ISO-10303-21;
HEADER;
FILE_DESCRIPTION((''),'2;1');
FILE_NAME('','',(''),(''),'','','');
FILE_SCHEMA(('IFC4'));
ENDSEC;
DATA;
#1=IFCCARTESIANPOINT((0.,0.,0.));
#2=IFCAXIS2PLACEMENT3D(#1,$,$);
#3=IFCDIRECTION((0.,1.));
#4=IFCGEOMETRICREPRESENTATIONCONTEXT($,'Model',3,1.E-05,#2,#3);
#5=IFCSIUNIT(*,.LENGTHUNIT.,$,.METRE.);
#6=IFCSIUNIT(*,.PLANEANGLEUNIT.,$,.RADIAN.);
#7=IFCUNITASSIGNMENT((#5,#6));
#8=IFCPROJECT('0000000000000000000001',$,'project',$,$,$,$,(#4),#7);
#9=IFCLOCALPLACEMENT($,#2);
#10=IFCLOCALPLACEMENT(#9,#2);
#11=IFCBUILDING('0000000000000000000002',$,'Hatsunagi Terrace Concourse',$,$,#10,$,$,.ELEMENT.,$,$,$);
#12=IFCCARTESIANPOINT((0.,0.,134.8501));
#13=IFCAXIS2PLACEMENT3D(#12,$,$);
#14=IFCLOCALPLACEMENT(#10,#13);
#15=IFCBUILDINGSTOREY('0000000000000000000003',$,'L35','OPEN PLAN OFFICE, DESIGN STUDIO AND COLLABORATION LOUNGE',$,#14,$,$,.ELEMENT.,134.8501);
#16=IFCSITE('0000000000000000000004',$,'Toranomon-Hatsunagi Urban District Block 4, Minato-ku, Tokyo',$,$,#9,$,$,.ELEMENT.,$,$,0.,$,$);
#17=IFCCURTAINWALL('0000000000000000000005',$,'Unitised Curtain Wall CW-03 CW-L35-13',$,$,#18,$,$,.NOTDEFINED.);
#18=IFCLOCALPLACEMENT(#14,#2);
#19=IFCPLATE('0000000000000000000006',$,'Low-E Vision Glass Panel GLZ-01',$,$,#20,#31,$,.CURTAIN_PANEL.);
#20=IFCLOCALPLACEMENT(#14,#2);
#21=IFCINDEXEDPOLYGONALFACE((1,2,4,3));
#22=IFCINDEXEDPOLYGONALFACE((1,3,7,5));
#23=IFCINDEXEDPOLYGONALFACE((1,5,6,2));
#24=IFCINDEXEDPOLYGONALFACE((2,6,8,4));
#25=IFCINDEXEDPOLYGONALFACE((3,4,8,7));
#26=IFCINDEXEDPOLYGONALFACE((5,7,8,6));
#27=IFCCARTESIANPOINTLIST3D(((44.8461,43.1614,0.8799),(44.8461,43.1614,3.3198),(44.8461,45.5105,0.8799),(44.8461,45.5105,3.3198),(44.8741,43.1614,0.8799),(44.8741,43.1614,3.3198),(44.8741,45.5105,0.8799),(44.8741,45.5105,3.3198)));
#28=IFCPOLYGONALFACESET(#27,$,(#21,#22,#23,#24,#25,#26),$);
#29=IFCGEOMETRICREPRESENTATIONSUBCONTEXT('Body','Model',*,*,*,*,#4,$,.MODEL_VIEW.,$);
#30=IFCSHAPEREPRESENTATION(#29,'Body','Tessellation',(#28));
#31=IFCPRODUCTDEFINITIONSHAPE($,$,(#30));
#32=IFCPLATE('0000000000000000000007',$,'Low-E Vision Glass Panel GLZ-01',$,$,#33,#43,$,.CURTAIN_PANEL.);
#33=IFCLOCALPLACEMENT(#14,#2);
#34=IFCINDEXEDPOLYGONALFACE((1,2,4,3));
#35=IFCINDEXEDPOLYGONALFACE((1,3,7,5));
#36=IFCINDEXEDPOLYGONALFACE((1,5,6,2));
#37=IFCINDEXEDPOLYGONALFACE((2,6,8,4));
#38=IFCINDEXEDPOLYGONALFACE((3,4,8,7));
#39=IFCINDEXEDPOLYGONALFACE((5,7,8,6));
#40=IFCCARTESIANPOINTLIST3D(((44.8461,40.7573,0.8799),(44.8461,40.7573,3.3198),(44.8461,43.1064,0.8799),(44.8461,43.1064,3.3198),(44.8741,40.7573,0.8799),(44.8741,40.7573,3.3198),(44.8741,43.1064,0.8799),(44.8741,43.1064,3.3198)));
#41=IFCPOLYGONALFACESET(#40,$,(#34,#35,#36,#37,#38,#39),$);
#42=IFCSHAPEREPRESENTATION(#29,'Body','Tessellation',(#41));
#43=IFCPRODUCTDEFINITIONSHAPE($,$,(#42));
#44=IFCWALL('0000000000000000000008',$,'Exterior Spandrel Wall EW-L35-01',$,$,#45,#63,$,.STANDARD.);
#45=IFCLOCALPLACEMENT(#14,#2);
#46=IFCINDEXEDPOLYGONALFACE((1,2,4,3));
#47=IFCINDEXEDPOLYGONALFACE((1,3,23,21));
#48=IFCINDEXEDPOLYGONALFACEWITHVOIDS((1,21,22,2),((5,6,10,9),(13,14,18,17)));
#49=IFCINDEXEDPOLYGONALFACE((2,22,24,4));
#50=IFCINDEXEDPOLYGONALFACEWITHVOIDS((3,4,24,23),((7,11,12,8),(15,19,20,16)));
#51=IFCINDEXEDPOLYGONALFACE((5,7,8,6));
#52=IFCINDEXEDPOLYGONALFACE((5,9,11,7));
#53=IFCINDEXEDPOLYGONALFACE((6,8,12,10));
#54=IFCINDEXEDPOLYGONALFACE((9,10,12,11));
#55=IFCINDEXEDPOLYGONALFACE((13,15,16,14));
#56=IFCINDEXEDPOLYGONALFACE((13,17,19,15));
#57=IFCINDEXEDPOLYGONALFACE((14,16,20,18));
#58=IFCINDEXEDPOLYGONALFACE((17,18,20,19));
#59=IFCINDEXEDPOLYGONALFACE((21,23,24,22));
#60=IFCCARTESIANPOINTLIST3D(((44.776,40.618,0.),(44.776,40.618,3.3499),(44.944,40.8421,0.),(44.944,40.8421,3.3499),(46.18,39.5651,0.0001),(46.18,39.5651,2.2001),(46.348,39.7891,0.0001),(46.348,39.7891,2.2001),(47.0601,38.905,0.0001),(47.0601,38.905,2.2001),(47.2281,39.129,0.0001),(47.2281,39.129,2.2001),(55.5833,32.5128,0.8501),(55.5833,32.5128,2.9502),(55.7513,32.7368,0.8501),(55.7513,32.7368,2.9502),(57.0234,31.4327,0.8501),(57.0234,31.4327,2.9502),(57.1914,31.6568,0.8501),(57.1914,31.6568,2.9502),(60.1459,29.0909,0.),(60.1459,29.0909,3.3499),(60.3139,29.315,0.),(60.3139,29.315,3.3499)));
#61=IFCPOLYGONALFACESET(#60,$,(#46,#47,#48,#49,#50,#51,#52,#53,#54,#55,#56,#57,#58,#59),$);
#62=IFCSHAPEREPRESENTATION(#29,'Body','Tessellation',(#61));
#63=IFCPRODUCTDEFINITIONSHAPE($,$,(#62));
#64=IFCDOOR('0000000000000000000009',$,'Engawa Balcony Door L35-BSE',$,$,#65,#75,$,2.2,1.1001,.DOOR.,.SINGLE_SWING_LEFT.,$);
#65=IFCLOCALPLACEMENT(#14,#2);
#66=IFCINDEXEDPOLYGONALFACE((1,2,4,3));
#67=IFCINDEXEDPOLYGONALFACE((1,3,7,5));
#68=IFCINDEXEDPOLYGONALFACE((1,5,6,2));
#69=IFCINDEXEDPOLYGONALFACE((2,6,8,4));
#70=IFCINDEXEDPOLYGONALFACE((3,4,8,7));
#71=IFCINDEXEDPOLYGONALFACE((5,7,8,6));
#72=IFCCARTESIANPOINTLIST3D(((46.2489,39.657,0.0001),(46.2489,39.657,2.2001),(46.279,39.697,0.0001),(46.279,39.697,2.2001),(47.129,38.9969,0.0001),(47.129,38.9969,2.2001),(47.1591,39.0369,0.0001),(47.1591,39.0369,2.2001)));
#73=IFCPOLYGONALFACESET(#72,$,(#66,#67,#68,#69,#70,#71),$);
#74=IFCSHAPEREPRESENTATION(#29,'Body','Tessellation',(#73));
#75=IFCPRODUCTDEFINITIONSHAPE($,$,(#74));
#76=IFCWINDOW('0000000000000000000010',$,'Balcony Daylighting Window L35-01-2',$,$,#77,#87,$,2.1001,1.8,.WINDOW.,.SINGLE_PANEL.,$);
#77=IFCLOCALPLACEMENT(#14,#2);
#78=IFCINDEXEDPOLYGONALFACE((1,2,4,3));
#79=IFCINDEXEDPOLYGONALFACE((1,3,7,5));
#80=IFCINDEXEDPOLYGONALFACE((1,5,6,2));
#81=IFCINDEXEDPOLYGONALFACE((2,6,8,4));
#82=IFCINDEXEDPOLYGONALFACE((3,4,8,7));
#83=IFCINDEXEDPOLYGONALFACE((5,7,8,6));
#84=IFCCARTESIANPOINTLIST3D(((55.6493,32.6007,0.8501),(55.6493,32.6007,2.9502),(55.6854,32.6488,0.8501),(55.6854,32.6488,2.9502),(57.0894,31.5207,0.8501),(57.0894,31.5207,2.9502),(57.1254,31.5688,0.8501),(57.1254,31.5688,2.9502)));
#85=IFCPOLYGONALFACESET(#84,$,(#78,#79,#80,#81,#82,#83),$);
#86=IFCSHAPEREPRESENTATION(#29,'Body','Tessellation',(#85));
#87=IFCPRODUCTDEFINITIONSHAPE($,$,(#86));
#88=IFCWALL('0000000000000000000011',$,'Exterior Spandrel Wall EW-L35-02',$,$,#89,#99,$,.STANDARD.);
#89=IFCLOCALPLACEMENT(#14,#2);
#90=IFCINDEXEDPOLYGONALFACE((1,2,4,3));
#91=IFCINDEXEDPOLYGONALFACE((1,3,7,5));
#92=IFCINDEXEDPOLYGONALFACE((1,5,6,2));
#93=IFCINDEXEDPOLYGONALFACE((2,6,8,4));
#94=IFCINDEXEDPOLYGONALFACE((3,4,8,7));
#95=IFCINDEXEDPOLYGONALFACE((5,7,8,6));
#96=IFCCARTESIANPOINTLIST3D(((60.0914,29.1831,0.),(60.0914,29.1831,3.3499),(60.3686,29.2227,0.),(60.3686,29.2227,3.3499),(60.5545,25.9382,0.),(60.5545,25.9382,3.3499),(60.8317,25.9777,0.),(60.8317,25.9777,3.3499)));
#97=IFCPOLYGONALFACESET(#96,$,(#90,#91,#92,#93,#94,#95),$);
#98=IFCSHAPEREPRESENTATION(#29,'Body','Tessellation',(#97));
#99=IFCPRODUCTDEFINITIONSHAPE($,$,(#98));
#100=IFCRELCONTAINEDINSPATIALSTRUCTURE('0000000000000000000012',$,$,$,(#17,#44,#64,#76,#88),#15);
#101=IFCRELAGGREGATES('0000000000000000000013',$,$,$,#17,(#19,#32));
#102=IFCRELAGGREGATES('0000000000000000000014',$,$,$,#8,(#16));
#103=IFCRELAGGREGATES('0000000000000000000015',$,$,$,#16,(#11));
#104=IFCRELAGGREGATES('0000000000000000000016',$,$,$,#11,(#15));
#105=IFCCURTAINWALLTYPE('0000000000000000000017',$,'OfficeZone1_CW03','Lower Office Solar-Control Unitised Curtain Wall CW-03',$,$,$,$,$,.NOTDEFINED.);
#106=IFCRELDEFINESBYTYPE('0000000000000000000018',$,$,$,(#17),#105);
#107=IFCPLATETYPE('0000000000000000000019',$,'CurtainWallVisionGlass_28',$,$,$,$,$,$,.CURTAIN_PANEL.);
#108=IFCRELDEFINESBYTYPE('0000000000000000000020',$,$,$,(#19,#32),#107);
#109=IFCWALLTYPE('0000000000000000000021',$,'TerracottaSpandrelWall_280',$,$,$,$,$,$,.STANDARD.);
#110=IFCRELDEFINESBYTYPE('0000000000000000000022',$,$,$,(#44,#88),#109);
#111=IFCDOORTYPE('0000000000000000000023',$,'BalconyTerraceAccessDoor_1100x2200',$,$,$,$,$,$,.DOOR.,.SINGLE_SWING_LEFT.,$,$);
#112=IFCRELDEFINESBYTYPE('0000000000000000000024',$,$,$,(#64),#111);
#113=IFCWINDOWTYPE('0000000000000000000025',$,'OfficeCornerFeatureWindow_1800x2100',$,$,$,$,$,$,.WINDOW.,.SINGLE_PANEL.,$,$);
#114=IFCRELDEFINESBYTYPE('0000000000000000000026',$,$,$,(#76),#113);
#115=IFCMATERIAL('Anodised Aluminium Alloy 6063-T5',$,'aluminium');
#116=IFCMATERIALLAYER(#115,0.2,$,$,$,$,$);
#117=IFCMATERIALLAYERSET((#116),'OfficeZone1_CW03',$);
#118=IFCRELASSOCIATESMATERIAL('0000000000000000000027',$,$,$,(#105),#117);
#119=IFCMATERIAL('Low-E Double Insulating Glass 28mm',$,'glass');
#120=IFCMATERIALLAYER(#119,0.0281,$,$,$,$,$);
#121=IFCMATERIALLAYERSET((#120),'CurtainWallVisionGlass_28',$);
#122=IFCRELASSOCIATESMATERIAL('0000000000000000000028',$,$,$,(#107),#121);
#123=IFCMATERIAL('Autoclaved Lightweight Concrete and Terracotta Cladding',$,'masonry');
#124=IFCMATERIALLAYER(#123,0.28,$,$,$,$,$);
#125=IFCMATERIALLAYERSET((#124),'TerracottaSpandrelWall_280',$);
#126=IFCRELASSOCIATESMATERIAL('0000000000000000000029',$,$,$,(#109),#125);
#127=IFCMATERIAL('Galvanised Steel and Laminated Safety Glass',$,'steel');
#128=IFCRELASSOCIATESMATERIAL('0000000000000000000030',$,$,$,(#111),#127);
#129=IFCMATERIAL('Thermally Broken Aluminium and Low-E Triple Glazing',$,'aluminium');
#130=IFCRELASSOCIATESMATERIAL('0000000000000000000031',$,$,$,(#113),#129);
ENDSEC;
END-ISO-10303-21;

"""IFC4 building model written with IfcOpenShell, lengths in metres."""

from ifc_helpers import new_model, si_unit, direction, frame, frame_2d, origin, origin_2d, place, context, subcontext, project, spatial, rectangle, extrude, material, layer, layer_set, type_object, element, fill, aggregate, save


model = new_model("IFC4")

# Units and contexts
model_context = context("Model", 3, precision=1e-05, world=origin(), true_north=direction((0.0, 1.0)))
body_context = subcontext(model_context, "Body", "Model", "MODEL_VIEW")
ifc_project = project(units=[si_unit("LENGTHUNIT", "METRE"), si_unit("PLANEANGLEUNIT", "RADIAN")], contexts=[model_context])

# Site, building, storey
site_placement = place(None, origin())
site = spatial("IfcSite", under=ifc_project, at=site_placement, Name="Toranomon-Hatsunagi Urban District Block 4, Minato-ku, Tokyo", CompositionType="ELEMENT", RefElevation=0.0)
building_placement = place(site_placement, origin())
building = spatial("IfcBuilding", under=site, at=building_placement, Name="Hatsunagi Terrace Concourse", CompositionType="ELEMENT")
storey_placement = place(building_placement, frame((0.0, 0.0, 134.8501)))
storey = spatial("IfcBuildingStorey", under=building, at=storey_placement, Name="L35", Description="OPEN PLAN OFFICE, DESIGN STUDIO AND COLLABORATION LOUNGE", CompositionType="ELEMENT", Elevation=134.8501)

# Curtain wall
ifc_material_1 = material(Name="Anodised Aluminium Alloy 6063-T5", Category="aluminium")
ifc_layer_1 = layer(ifc_material_1, 0.2)
ifc_layer_set_1 = layer_set([ifc_layer_1], Name="OfficeZone1_CW03")
curtain_wall_type = type_object("IfcCurtainWallType", Name="OfficeZone1_CW03", Description="Lower Office Solar-Control Unitised Curtain Wall CW-03", PredefinedType="NOTDEFINED", material=ifc_layer_set_1)
curtain_wall_placement = place(storey_placement, origin())
curtain_wall = element("IfcCurtainWall", 1, at=curtain_wall_placement, inside=storey, type_object=curtain_wall_type, Name="Unitised Curtain Wall CW-03 CW-L35-13", PredefinedType="NOTDEFINED")

# Plates
ifc_material_2 = material(Name="Low-E Double Insulating Glass 28mm", Category="glass")
ifc_layer_2 = layer(ifc_material_2, 0.0281)
ifc_layer_set_2 = layer_set([ifc_layer_2], Name="CurtainWallVisionGlass_28")
plate_type_1 = type_object("IfcPlateType", Name="CurtainWallVisionGlass_28", PredefinedType="CURTAIN_PANEL", material=ifc_layer_set_2)
plate_1_placement = place(storey_placement, frame((44.8601, 44.3359, 0.8799), z_axis=(0.0, 0.0, 1.0), x_axis=(0.0, -1.0, 0.0)))
plate_1 = element("IfcPlate", 2, at=plate_1_placement, type_object=plate_type_1, Name="Low-E Vision Glass Panel GLZ-01", PredefinedType="CURTAIN_PANEL", context=body_context, shape_type="SweptSolid", body=[
    extrude(rectangle(XDim=2.3491, YDim=0.0281, at=origin_2d()), origin(), (0.0, 0.0, 1.0), 2.4399),
])
plate_2_placement = place(storey_placement, frame((44.8601, 41.9319, 0.8799), z_axis=(0.0, 0.0, 1.0), x_axis=(0.0, -1.0, 0.0)))
plate_2 = element("IfcPlate", 3, at=plate_2_placement, type_object=plate_type_1, Name="Low-E Vision Glass Panel GLZ-01", PredefinedType="CURTAIN_PANEL", context=body_context, shape_type="SweptSolid", body=[
    extrude(rectangle(XDim=2.3491, YDim=0.0281, at=origin_2d()), origin(), (0.0, 0.0, 1.0), 2.4399),
])
aggregate(curtain_wall, [plate_1, plate_2])

# Wall, openings, door, window
ifc_material_3 = material(Name="Autoclaved Lightweight Concrete and Terracotta Cladding", Category="masonry")
ifc_layer_3 = layer(ifc_material_3, 0.28)
ifc_layer_set_3 = layer_set([ifc_layer_3], Name="TerracottaSpandrelWall_280")
wall_type = type_object("IfcWallType", Name="TerracottaSpandrelWall_280", PredefinedType="STANDARD", material=ifc_layer_set_3)
wall_1_placement = place(storey_placement, frame((44.8601, 40.73, 0.0), z_axis=(0.0, 0.0, 1.0), x_axis=(0.800008, -0.59999, 0.0)))
wall_1 = element("IfcWall", 4, at=wall_1_placement, inside=storey, type_object=wall_type, Name="Exterior Spandrel Wall EW-L35-01", PredefinedType="STANDARD", context=body_context, shape_type="SweptSolid", body=[
    extrude(rectangle(XDim=19.2122, YDim=0.28, at=frame_2d((9.606, 0.0))), origin(), (0.0, 0.0, 1.0), 3.3499),
])
opening_1_placement = place(wall_1_placement, frame((1.7549, 0.0, 0.0)))
opening_1 = element("IfcOpeningElement", 5, at=opening_1_placement, cuts=wall_1, PredefinedType="OPENING", context=body_context, shape_type="SweptSolid", body=[
    extrude(rectangle(XDim=1.1001, YDim=2.2, at=frame_2d((0.55, 1.1001))), frame((0.0, 0.1499, 0.0), z_axis=(0.0, -1.0, 0.0), x_axis=(1.0, 0.0, 0.0)), (0.0, 0.0, 1.0), 0.3),
])
opening_2_placement = place(wall_1_placement, frame((13.509, 0.0, 0.8501)))
opening_2 = element("IfcOpeningElement", 6, at=opening_2_placement, cuts=wall_1, PredefinedType="OPENING", context=body_context, shape_type="SweptSolid", body=[
    extrude(rectangle(XDim=1.8, YDim=2.1001, at=frame_2d((0.8999, 1.05))), frame((0.0, 0.1499, 0.0), z_axis=(0.0, -1.0, 0.0), x_axis=(1.0, 0.0, 0.0)), (0.0, 0.0, 1.0), 0.3),
])
ifc_material_4 = material(Name="Galvanised Steel and Laminated Safety Glass", Category="steel")
door_type = type_object("IfcDoorType", Name="BalconyTerraceAccessDoor_1100x2200", OperationType="SINGLE_SWING_LEFT", PredefinedType="DOOR", material=ifc_material_4)
door_placement = place(opening_1_placement, origin())
door = element("IfcDoor", 7, at=door_placement, inside=storey, type_object=door_type, Name="Engawa Balcony Door L35-BSE", OperationType="SINGLE_SWING_LEFT", OverallHeight=2.2, OverallWidth=1.1001, PredefinedType="DOOR", context=body_context, shape_type="SweptSolid", body=[
    extrude(rectangle(XDim=1.1001, YDim=2.2, at=frame_2d((0.55, 1.1001))), frame((0.0, 0.0249, 0.0), z_axis=(0.0, -1.0, 0.0), x_axis=(1.0, 0.0, 0.0)), (0.0, 0.0, 1.0), 0.05),
])
fill(opening_1, door)
ifc_material_5 = material(Name="Thermally Broken Aluminium and Low-E Triple Glazing", Category="aluminium")
window_type = type_object("IfcWindowType", Name="OfficeCornerFeatureWindow_1800x2100", PartitioningType="SINGLE_PANEL", PredefinedType="WINDOW", material=ifc_material_5)
window_placement = place(opening_2_placement, origin())
window = element("IfcWindow", 8, at=window_placement, inside=storey, type_object=window_type, Name="Balcony Daylighting Window L35-01-2", OverallHeight=2.1001, OverallWidth=1.8, PartitioningType="SINGLE_PANEL", PredefinedType="WINDOW", context=body_context, shape_type="SweptSolid", body=[
    extrude(rectangle(XDim=1.8, YDim=2.1001, at=frame_2d((0.8999, 1.05))), frame((0.0, 0.03, 0.0), z_axis=(0.0, -1.0, 0.0), x_axis=(1.0, 0.0, 0.0)), (0.0, 0.0, 1.0), 0.0601),
])
fill(opening_2, window)

# Wall
wall_2_placement = place(storey_placement, frame((60.23, 29.2029, 0.0), z_axis=(0.0, 0.0, 1.0), x_axis=(0.141296, -0.989967, 0.0)))
element("IfcWall", 9, at=wall_2_placement, inside=storey, type_object=wall_type, Name="Exterior Spandrel Wall EW-L35-02", PredefinedType="STANDARD", context=body_context, shape_type="SweptSolid", body=[
    extrude(rectangle(XDim=3.2778, YDim=0.28, at=frame_2d((1.6389, 0.0))), origin(), (0.0, 0.0, 1.0), 3.3499),
])

save(model, "model.ifc")
